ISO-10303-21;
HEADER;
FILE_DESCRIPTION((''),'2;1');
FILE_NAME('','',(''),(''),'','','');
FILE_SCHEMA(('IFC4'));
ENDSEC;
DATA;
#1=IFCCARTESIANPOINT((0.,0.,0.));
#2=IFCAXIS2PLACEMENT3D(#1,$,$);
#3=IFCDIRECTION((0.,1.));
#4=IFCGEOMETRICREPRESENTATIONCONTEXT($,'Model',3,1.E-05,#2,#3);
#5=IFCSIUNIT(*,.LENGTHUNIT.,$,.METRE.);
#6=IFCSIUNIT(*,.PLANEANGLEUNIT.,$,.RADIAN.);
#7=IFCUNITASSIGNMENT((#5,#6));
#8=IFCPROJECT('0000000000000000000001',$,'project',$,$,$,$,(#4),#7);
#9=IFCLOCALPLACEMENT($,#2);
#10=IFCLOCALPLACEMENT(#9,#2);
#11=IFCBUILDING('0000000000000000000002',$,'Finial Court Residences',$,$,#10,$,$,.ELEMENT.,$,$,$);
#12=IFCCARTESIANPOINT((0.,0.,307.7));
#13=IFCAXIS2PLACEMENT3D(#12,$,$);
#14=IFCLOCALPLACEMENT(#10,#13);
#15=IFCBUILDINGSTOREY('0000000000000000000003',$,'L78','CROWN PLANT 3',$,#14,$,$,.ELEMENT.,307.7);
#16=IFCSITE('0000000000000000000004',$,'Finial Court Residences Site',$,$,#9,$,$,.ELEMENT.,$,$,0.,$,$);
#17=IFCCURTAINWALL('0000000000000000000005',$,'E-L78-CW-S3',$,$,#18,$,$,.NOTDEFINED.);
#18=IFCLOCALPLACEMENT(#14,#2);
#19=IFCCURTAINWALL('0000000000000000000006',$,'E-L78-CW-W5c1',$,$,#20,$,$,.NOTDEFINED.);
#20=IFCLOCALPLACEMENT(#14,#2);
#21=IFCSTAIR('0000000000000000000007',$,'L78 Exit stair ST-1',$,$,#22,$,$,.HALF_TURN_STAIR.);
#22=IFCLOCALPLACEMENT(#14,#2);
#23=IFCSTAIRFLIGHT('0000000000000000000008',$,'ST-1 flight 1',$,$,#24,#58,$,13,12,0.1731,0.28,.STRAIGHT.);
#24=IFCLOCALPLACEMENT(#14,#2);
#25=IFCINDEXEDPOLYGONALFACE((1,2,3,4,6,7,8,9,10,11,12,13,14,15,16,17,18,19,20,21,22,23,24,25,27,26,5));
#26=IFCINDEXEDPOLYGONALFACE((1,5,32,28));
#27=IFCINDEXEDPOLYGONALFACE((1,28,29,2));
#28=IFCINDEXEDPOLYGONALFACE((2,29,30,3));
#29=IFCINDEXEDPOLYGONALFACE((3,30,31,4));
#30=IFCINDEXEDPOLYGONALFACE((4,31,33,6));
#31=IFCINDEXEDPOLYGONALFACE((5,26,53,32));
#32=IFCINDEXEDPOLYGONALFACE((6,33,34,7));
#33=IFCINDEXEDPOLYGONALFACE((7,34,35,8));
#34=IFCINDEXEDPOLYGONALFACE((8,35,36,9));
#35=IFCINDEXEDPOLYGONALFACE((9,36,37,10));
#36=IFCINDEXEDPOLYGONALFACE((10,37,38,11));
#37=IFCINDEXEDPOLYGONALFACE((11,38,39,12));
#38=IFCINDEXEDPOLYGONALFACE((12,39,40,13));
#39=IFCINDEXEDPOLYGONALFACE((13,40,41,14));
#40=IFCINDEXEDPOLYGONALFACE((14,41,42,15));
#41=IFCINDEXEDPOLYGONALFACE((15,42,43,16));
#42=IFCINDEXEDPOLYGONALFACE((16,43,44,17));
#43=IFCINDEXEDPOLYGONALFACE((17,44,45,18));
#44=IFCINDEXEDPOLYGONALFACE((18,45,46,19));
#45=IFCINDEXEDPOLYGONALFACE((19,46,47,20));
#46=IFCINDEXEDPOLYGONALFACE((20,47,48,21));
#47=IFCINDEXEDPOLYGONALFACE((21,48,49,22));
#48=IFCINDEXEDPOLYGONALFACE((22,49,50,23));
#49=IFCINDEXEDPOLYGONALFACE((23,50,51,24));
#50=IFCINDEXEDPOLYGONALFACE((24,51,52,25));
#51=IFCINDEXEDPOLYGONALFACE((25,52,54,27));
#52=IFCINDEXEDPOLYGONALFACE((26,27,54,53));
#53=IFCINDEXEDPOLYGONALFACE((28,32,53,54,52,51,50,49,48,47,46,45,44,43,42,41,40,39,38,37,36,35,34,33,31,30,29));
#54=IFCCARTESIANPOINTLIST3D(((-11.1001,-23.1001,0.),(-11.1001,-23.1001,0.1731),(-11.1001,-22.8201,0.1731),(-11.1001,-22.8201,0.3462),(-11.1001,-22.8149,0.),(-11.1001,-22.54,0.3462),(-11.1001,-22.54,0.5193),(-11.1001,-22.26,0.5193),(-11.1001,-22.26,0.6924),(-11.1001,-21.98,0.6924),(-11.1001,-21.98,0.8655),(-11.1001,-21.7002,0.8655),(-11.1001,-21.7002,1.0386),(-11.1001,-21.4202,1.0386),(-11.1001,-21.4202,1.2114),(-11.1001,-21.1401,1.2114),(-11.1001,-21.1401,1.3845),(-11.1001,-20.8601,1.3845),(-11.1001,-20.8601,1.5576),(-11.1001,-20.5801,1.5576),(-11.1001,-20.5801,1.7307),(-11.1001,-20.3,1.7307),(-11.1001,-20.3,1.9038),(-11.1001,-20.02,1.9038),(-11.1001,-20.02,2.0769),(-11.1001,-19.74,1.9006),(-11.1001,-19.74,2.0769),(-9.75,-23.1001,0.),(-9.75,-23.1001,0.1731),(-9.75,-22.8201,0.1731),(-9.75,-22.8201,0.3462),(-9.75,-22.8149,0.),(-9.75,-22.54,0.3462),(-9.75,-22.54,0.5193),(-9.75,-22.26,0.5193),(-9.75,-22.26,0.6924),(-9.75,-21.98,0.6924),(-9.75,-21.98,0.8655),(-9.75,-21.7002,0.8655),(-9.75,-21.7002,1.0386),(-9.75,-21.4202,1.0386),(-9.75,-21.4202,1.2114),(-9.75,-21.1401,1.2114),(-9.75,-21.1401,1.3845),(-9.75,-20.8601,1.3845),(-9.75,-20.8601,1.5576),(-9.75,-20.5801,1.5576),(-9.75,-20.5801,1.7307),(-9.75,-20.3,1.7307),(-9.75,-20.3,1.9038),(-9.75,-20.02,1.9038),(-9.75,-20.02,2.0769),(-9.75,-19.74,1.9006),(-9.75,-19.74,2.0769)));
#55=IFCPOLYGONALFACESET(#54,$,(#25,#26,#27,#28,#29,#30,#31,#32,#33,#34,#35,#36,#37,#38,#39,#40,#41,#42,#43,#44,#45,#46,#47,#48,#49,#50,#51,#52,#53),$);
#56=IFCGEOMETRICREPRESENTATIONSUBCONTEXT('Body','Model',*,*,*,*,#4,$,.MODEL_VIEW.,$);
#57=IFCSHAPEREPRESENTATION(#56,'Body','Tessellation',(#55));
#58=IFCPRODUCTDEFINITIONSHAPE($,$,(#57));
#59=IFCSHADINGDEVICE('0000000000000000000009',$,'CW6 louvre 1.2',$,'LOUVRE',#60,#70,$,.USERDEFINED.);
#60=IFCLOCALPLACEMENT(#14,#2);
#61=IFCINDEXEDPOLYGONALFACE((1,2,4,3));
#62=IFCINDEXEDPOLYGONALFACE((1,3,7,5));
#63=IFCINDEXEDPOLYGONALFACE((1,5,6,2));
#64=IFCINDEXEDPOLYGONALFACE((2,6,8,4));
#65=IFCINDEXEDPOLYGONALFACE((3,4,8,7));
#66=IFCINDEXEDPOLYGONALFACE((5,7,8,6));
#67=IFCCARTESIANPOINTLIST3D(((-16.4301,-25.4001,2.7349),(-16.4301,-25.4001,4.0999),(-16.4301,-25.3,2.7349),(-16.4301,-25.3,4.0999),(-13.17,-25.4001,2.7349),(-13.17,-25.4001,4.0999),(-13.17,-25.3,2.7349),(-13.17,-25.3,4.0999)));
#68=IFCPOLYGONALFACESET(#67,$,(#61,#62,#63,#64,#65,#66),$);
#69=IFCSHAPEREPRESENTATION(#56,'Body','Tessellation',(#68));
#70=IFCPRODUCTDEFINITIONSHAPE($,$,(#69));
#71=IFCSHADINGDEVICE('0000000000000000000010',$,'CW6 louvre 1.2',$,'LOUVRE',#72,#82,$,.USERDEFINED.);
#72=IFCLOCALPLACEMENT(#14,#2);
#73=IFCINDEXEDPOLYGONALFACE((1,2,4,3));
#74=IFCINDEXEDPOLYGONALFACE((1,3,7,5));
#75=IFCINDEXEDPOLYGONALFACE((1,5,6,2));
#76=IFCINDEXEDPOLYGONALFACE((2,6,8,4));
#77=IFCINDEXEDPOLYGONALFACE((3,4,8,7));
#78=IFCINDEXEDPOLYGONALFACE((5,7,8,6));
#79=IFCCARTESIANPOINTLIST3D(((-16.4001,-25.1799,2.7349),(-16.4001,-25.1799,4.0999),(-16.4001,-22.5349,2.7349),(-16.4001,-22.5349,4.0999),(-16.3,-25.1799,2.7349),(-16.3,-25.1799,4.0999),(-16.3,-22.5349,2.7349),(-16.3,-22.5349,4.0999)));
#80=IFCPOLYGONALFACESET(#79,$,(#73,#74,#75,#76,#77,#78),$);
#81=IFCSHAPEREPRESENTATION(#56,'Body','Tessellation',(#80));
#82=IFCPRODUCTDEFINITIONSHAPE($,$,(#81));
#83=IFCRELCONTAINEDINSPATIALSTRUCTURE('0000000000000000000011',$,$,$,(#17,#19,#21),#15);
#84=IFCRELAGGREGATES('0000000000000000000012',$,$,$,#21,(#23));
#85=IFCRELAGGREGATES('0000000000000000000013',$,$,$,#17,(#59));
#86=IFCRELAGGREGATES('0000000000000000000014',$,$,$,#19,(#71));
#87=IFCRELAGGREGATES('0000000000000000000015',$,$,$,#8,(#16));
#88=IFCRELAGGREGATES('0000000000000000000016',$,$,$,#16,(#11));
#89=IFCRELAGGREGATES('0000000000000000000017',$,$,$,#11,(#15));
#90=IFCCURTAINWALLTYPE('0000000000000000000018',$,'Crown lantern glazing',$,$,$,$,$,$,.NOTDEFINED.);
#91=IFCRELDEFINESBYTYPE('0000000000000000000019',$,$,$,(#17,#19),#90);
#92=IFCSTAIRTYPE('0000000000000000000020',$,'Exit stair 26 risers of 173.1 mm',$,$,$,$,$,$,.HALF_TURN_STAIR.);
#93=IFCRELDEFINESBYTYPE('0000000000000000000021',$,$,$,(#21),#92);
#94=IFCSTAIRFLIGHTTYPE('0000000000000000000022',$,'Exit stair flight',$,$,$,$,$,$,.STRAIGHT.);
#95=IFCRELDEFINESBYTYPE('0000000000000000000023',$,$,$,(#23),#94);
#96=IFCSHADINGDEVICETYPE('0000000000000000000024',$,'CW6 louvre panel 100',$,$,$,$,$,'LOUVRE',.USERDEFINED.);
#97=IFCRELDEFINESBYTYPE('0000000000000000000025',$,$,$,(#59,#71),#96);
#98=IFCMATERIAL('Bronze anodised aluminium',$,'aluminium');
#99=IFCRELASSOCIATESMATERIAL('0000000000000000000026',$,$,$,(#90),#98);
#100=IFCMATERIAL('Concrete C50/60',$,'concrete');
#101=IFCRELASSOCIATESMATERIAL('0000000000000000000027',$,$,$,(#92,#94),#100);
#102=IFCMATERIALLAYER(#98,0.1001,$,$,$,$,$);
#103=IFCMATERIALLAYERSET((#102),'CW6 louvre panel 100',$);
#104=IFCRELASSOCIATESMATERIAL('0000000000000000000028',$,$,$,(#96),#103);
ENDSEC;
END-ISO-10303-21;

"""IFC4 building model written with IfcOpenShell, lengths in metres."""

from ifc_helpers import new_model, si_unit, direction, frame, origin, origin_2d, place, context, subcontext, project, spatial, polyline, rectangle, outline, extrude, material, layer, layer_set, type_object, element, aggregate, save


model = new_model("IFC4")

# Units and contexts
model_context = context("Model", 3, precision=1e-05, world=origin(), true_north=direction((0.0, 1.0)))
body_context = subcontext(model_context, "Body", "Model", "MODEL_VIEW")
ifc_project = project(units=[si_unit("LENGTHUNIT", "METRE"), si_unit("PLANEANGLEUNIT", "RADIAN")], contexts=[model_context])

# Site, building, storey
site_placement = place(None, origin())
site = spatial("IfcSite", under=ifc_project, at=site_placement, Name="Finial Court Residences Site", CompositionType="ELEMENT", RefElevation=0.0)
building_placement = place(site_placement, origin())
building = spatial("IfcBuilding", under=site, at=building_placement, Name="Finial Court Residences", CompositionType="ELEMENT")
storey_placement = place(building_placement, frame((0.0, 0.0, 307.7)))
storey = spatial("IfcBuildingStorey", under=building, at=storey_placement, Name="L78", Description="CROWN PLANT 3", CompositionType="ELEMENT", Elevation=307.7)

# Curtain walls
ifc_material_1 = material(Name="Bronze anodised aluminium", Category="aluminium")
curtain_wall_type = type_object("IfcCurtainWallType", Name="Crown lantern glazing", PredefinedType="NOTDEFINED", material=ifc_material_1)
curtain_wall_1_placement = place(storey_placement, origin())
curtain_wall_1 = element("IfcCurtainWall", 1, at=curtain_wall_1_placement, inside=storey, type_object=curtain_wall_type, Name="E-L78-CW-S3", PredefinedType="NOTDEFINED")
curtain_wall_2_placement = place(storey_placement, origin())
curtain_wall_2 = element("IfcCurtainWall", 2, at=curtain_wall_2_placement, inside=storey, type_object=curtain_wall_type, Name="E-L78-CW-W5c1", PredefinedType="NOTDEFINED")

# Shared definitions
ifc_material_2 = material(Name="Concrete C50/60", Category="concrete")

# Stair, stair flight
stair_type = type_object("IfcStairType", Name="Exit stair 26 risers of 173.1 mm", PredefinedType="HALF_TURN_STAIR", material=ifc_material_2)
stair_placement = place(storey_placement, origin())
stair = element("IfcStair", 3, at=stair_placement, inside=storey, type_object=stair_type, Name="L78 Exit stair ST-1", PredefinedType="HALF_TURN_STAIR")
stair_flight_type = type_object("IfcStairFlightType", Name="Exit stair flight", PredefinedType="STRAIGHT", material=ifc_material_2)
stair_flight_placement = place(storey_placement, frame((-10.425, -23.1001, 0.0), z_axis=(0.0, 0.0, 1.0), x_axis=(0.0, 1.0, 0.0)))
stair_flight = element("IfcStairFlight", 4, at=stair_flight_placement, type_object=stair_flight_type, Name="ST-1 flight 1", NumberOfRisers=13, NumberOfTreads=12, PredefinedType="STRAIGHT", RiserHeight=0.1731, TreadLength=0.28, context=body_context, shape_type="SweptSolid", body=[
    extrude(outline(polyline([(0.0, 0.0), (0.0, 0.1731), (0.28, 0.1731), (0.28, 0.3462), (0.5601, 0.3462), (0.5601, 0.5193), (0.8401, 0.5193), (0.8401, 0.6924), (1.1201, 0.6924), (1.1201, 0.8655), (1.3999, 0.8655), (1.3999, 1.0386), (1.6799, 1.0386), (1.6799, 1.2114), (1.96, 1.2114), (1.96, 1.3845), (2.24, 1.3845), (2.24, 1.5576), (2.52, 1.5576), (2.52, 1.7307), (2.8, 1.7307), (2.8, 1.9038), (3.0801, 1.9038), (3.0801, 2.0769), (3.3601, 2.0769), (3.3601, 2.25), (3.3601, 1.9006), (0.2852, 0.0), (0.0, 0.0)])), frame((0.0, 0.675, 0.0), z_axis=(0.0, -1.0, 0.0), x_axis=(1.0, 0.0, 0.0)), (0.0, 0.0, 1.0), 1.3501),
])
aggregate(stair, [stair_flight])

# Shading devices
ifc_layer_1 = layer(ifc_material_1, 0.1001)
ifc_layer_set_1 = layer_set([ifc_layer_1], Name="CW6 louvre panel 100")
shading_device_type = type_object("IfcShadingDeviceType", Name="CW6 louvre panel 100", ElementType="LOUVRE", PredefinedType="USERDEFINED", material=ifc_layer_set_1)
shading_device_1_placement = place(storey_placement, frame((-14.8, -25.3501, 2.7349), z_axis=(0.0, 0.0, 1.0), x_axis=(1.0, 0.0, 0.0)))
shading_device_1 = element("IfcShadingDevice", 5, at=shading_device_1_placement, type_object=shading_device_type, Name="CW6 louvre 1.2", ObjectType="LOUVRE", PredefinedType="USERDEFINED", context=body_context, shape_type="SweptSolid", body=[
    extrude(rectangle(XDim=3.26, YDim=0.1001, at=origin_2d()), origin(), (0.0, 0.0, 1.0), 1.365),
])
aggregate(curtain_wall_1, [shading_device_1])
shading_device_2_placement = place(storey_placement, frame((-16.3501, -23.8574, 2.7349), z_axis=(0.0, 0.0, 1.0), x_axis=(0.0, 1.0, 0.0)))
shading_device_2 = element("IfcShadingDevice", 6, at=shading_device_2_placement, type_object=shading_device_type, Name="CW6 louvre 1.2", ObjectType="LOUVRE", PredefinedType="USERDEFINED", context=body_context, shape_type="SweptSolid", body=[
    extrude(rectangle(XDim=2.645, YDim=0.1001, at=origin_2d()), origin(), (0.0, 0.0, 1.0), 1.365),
])
aggregate(curtain_wall_2, [shading_device_2])

save(model, "model.ifc")
